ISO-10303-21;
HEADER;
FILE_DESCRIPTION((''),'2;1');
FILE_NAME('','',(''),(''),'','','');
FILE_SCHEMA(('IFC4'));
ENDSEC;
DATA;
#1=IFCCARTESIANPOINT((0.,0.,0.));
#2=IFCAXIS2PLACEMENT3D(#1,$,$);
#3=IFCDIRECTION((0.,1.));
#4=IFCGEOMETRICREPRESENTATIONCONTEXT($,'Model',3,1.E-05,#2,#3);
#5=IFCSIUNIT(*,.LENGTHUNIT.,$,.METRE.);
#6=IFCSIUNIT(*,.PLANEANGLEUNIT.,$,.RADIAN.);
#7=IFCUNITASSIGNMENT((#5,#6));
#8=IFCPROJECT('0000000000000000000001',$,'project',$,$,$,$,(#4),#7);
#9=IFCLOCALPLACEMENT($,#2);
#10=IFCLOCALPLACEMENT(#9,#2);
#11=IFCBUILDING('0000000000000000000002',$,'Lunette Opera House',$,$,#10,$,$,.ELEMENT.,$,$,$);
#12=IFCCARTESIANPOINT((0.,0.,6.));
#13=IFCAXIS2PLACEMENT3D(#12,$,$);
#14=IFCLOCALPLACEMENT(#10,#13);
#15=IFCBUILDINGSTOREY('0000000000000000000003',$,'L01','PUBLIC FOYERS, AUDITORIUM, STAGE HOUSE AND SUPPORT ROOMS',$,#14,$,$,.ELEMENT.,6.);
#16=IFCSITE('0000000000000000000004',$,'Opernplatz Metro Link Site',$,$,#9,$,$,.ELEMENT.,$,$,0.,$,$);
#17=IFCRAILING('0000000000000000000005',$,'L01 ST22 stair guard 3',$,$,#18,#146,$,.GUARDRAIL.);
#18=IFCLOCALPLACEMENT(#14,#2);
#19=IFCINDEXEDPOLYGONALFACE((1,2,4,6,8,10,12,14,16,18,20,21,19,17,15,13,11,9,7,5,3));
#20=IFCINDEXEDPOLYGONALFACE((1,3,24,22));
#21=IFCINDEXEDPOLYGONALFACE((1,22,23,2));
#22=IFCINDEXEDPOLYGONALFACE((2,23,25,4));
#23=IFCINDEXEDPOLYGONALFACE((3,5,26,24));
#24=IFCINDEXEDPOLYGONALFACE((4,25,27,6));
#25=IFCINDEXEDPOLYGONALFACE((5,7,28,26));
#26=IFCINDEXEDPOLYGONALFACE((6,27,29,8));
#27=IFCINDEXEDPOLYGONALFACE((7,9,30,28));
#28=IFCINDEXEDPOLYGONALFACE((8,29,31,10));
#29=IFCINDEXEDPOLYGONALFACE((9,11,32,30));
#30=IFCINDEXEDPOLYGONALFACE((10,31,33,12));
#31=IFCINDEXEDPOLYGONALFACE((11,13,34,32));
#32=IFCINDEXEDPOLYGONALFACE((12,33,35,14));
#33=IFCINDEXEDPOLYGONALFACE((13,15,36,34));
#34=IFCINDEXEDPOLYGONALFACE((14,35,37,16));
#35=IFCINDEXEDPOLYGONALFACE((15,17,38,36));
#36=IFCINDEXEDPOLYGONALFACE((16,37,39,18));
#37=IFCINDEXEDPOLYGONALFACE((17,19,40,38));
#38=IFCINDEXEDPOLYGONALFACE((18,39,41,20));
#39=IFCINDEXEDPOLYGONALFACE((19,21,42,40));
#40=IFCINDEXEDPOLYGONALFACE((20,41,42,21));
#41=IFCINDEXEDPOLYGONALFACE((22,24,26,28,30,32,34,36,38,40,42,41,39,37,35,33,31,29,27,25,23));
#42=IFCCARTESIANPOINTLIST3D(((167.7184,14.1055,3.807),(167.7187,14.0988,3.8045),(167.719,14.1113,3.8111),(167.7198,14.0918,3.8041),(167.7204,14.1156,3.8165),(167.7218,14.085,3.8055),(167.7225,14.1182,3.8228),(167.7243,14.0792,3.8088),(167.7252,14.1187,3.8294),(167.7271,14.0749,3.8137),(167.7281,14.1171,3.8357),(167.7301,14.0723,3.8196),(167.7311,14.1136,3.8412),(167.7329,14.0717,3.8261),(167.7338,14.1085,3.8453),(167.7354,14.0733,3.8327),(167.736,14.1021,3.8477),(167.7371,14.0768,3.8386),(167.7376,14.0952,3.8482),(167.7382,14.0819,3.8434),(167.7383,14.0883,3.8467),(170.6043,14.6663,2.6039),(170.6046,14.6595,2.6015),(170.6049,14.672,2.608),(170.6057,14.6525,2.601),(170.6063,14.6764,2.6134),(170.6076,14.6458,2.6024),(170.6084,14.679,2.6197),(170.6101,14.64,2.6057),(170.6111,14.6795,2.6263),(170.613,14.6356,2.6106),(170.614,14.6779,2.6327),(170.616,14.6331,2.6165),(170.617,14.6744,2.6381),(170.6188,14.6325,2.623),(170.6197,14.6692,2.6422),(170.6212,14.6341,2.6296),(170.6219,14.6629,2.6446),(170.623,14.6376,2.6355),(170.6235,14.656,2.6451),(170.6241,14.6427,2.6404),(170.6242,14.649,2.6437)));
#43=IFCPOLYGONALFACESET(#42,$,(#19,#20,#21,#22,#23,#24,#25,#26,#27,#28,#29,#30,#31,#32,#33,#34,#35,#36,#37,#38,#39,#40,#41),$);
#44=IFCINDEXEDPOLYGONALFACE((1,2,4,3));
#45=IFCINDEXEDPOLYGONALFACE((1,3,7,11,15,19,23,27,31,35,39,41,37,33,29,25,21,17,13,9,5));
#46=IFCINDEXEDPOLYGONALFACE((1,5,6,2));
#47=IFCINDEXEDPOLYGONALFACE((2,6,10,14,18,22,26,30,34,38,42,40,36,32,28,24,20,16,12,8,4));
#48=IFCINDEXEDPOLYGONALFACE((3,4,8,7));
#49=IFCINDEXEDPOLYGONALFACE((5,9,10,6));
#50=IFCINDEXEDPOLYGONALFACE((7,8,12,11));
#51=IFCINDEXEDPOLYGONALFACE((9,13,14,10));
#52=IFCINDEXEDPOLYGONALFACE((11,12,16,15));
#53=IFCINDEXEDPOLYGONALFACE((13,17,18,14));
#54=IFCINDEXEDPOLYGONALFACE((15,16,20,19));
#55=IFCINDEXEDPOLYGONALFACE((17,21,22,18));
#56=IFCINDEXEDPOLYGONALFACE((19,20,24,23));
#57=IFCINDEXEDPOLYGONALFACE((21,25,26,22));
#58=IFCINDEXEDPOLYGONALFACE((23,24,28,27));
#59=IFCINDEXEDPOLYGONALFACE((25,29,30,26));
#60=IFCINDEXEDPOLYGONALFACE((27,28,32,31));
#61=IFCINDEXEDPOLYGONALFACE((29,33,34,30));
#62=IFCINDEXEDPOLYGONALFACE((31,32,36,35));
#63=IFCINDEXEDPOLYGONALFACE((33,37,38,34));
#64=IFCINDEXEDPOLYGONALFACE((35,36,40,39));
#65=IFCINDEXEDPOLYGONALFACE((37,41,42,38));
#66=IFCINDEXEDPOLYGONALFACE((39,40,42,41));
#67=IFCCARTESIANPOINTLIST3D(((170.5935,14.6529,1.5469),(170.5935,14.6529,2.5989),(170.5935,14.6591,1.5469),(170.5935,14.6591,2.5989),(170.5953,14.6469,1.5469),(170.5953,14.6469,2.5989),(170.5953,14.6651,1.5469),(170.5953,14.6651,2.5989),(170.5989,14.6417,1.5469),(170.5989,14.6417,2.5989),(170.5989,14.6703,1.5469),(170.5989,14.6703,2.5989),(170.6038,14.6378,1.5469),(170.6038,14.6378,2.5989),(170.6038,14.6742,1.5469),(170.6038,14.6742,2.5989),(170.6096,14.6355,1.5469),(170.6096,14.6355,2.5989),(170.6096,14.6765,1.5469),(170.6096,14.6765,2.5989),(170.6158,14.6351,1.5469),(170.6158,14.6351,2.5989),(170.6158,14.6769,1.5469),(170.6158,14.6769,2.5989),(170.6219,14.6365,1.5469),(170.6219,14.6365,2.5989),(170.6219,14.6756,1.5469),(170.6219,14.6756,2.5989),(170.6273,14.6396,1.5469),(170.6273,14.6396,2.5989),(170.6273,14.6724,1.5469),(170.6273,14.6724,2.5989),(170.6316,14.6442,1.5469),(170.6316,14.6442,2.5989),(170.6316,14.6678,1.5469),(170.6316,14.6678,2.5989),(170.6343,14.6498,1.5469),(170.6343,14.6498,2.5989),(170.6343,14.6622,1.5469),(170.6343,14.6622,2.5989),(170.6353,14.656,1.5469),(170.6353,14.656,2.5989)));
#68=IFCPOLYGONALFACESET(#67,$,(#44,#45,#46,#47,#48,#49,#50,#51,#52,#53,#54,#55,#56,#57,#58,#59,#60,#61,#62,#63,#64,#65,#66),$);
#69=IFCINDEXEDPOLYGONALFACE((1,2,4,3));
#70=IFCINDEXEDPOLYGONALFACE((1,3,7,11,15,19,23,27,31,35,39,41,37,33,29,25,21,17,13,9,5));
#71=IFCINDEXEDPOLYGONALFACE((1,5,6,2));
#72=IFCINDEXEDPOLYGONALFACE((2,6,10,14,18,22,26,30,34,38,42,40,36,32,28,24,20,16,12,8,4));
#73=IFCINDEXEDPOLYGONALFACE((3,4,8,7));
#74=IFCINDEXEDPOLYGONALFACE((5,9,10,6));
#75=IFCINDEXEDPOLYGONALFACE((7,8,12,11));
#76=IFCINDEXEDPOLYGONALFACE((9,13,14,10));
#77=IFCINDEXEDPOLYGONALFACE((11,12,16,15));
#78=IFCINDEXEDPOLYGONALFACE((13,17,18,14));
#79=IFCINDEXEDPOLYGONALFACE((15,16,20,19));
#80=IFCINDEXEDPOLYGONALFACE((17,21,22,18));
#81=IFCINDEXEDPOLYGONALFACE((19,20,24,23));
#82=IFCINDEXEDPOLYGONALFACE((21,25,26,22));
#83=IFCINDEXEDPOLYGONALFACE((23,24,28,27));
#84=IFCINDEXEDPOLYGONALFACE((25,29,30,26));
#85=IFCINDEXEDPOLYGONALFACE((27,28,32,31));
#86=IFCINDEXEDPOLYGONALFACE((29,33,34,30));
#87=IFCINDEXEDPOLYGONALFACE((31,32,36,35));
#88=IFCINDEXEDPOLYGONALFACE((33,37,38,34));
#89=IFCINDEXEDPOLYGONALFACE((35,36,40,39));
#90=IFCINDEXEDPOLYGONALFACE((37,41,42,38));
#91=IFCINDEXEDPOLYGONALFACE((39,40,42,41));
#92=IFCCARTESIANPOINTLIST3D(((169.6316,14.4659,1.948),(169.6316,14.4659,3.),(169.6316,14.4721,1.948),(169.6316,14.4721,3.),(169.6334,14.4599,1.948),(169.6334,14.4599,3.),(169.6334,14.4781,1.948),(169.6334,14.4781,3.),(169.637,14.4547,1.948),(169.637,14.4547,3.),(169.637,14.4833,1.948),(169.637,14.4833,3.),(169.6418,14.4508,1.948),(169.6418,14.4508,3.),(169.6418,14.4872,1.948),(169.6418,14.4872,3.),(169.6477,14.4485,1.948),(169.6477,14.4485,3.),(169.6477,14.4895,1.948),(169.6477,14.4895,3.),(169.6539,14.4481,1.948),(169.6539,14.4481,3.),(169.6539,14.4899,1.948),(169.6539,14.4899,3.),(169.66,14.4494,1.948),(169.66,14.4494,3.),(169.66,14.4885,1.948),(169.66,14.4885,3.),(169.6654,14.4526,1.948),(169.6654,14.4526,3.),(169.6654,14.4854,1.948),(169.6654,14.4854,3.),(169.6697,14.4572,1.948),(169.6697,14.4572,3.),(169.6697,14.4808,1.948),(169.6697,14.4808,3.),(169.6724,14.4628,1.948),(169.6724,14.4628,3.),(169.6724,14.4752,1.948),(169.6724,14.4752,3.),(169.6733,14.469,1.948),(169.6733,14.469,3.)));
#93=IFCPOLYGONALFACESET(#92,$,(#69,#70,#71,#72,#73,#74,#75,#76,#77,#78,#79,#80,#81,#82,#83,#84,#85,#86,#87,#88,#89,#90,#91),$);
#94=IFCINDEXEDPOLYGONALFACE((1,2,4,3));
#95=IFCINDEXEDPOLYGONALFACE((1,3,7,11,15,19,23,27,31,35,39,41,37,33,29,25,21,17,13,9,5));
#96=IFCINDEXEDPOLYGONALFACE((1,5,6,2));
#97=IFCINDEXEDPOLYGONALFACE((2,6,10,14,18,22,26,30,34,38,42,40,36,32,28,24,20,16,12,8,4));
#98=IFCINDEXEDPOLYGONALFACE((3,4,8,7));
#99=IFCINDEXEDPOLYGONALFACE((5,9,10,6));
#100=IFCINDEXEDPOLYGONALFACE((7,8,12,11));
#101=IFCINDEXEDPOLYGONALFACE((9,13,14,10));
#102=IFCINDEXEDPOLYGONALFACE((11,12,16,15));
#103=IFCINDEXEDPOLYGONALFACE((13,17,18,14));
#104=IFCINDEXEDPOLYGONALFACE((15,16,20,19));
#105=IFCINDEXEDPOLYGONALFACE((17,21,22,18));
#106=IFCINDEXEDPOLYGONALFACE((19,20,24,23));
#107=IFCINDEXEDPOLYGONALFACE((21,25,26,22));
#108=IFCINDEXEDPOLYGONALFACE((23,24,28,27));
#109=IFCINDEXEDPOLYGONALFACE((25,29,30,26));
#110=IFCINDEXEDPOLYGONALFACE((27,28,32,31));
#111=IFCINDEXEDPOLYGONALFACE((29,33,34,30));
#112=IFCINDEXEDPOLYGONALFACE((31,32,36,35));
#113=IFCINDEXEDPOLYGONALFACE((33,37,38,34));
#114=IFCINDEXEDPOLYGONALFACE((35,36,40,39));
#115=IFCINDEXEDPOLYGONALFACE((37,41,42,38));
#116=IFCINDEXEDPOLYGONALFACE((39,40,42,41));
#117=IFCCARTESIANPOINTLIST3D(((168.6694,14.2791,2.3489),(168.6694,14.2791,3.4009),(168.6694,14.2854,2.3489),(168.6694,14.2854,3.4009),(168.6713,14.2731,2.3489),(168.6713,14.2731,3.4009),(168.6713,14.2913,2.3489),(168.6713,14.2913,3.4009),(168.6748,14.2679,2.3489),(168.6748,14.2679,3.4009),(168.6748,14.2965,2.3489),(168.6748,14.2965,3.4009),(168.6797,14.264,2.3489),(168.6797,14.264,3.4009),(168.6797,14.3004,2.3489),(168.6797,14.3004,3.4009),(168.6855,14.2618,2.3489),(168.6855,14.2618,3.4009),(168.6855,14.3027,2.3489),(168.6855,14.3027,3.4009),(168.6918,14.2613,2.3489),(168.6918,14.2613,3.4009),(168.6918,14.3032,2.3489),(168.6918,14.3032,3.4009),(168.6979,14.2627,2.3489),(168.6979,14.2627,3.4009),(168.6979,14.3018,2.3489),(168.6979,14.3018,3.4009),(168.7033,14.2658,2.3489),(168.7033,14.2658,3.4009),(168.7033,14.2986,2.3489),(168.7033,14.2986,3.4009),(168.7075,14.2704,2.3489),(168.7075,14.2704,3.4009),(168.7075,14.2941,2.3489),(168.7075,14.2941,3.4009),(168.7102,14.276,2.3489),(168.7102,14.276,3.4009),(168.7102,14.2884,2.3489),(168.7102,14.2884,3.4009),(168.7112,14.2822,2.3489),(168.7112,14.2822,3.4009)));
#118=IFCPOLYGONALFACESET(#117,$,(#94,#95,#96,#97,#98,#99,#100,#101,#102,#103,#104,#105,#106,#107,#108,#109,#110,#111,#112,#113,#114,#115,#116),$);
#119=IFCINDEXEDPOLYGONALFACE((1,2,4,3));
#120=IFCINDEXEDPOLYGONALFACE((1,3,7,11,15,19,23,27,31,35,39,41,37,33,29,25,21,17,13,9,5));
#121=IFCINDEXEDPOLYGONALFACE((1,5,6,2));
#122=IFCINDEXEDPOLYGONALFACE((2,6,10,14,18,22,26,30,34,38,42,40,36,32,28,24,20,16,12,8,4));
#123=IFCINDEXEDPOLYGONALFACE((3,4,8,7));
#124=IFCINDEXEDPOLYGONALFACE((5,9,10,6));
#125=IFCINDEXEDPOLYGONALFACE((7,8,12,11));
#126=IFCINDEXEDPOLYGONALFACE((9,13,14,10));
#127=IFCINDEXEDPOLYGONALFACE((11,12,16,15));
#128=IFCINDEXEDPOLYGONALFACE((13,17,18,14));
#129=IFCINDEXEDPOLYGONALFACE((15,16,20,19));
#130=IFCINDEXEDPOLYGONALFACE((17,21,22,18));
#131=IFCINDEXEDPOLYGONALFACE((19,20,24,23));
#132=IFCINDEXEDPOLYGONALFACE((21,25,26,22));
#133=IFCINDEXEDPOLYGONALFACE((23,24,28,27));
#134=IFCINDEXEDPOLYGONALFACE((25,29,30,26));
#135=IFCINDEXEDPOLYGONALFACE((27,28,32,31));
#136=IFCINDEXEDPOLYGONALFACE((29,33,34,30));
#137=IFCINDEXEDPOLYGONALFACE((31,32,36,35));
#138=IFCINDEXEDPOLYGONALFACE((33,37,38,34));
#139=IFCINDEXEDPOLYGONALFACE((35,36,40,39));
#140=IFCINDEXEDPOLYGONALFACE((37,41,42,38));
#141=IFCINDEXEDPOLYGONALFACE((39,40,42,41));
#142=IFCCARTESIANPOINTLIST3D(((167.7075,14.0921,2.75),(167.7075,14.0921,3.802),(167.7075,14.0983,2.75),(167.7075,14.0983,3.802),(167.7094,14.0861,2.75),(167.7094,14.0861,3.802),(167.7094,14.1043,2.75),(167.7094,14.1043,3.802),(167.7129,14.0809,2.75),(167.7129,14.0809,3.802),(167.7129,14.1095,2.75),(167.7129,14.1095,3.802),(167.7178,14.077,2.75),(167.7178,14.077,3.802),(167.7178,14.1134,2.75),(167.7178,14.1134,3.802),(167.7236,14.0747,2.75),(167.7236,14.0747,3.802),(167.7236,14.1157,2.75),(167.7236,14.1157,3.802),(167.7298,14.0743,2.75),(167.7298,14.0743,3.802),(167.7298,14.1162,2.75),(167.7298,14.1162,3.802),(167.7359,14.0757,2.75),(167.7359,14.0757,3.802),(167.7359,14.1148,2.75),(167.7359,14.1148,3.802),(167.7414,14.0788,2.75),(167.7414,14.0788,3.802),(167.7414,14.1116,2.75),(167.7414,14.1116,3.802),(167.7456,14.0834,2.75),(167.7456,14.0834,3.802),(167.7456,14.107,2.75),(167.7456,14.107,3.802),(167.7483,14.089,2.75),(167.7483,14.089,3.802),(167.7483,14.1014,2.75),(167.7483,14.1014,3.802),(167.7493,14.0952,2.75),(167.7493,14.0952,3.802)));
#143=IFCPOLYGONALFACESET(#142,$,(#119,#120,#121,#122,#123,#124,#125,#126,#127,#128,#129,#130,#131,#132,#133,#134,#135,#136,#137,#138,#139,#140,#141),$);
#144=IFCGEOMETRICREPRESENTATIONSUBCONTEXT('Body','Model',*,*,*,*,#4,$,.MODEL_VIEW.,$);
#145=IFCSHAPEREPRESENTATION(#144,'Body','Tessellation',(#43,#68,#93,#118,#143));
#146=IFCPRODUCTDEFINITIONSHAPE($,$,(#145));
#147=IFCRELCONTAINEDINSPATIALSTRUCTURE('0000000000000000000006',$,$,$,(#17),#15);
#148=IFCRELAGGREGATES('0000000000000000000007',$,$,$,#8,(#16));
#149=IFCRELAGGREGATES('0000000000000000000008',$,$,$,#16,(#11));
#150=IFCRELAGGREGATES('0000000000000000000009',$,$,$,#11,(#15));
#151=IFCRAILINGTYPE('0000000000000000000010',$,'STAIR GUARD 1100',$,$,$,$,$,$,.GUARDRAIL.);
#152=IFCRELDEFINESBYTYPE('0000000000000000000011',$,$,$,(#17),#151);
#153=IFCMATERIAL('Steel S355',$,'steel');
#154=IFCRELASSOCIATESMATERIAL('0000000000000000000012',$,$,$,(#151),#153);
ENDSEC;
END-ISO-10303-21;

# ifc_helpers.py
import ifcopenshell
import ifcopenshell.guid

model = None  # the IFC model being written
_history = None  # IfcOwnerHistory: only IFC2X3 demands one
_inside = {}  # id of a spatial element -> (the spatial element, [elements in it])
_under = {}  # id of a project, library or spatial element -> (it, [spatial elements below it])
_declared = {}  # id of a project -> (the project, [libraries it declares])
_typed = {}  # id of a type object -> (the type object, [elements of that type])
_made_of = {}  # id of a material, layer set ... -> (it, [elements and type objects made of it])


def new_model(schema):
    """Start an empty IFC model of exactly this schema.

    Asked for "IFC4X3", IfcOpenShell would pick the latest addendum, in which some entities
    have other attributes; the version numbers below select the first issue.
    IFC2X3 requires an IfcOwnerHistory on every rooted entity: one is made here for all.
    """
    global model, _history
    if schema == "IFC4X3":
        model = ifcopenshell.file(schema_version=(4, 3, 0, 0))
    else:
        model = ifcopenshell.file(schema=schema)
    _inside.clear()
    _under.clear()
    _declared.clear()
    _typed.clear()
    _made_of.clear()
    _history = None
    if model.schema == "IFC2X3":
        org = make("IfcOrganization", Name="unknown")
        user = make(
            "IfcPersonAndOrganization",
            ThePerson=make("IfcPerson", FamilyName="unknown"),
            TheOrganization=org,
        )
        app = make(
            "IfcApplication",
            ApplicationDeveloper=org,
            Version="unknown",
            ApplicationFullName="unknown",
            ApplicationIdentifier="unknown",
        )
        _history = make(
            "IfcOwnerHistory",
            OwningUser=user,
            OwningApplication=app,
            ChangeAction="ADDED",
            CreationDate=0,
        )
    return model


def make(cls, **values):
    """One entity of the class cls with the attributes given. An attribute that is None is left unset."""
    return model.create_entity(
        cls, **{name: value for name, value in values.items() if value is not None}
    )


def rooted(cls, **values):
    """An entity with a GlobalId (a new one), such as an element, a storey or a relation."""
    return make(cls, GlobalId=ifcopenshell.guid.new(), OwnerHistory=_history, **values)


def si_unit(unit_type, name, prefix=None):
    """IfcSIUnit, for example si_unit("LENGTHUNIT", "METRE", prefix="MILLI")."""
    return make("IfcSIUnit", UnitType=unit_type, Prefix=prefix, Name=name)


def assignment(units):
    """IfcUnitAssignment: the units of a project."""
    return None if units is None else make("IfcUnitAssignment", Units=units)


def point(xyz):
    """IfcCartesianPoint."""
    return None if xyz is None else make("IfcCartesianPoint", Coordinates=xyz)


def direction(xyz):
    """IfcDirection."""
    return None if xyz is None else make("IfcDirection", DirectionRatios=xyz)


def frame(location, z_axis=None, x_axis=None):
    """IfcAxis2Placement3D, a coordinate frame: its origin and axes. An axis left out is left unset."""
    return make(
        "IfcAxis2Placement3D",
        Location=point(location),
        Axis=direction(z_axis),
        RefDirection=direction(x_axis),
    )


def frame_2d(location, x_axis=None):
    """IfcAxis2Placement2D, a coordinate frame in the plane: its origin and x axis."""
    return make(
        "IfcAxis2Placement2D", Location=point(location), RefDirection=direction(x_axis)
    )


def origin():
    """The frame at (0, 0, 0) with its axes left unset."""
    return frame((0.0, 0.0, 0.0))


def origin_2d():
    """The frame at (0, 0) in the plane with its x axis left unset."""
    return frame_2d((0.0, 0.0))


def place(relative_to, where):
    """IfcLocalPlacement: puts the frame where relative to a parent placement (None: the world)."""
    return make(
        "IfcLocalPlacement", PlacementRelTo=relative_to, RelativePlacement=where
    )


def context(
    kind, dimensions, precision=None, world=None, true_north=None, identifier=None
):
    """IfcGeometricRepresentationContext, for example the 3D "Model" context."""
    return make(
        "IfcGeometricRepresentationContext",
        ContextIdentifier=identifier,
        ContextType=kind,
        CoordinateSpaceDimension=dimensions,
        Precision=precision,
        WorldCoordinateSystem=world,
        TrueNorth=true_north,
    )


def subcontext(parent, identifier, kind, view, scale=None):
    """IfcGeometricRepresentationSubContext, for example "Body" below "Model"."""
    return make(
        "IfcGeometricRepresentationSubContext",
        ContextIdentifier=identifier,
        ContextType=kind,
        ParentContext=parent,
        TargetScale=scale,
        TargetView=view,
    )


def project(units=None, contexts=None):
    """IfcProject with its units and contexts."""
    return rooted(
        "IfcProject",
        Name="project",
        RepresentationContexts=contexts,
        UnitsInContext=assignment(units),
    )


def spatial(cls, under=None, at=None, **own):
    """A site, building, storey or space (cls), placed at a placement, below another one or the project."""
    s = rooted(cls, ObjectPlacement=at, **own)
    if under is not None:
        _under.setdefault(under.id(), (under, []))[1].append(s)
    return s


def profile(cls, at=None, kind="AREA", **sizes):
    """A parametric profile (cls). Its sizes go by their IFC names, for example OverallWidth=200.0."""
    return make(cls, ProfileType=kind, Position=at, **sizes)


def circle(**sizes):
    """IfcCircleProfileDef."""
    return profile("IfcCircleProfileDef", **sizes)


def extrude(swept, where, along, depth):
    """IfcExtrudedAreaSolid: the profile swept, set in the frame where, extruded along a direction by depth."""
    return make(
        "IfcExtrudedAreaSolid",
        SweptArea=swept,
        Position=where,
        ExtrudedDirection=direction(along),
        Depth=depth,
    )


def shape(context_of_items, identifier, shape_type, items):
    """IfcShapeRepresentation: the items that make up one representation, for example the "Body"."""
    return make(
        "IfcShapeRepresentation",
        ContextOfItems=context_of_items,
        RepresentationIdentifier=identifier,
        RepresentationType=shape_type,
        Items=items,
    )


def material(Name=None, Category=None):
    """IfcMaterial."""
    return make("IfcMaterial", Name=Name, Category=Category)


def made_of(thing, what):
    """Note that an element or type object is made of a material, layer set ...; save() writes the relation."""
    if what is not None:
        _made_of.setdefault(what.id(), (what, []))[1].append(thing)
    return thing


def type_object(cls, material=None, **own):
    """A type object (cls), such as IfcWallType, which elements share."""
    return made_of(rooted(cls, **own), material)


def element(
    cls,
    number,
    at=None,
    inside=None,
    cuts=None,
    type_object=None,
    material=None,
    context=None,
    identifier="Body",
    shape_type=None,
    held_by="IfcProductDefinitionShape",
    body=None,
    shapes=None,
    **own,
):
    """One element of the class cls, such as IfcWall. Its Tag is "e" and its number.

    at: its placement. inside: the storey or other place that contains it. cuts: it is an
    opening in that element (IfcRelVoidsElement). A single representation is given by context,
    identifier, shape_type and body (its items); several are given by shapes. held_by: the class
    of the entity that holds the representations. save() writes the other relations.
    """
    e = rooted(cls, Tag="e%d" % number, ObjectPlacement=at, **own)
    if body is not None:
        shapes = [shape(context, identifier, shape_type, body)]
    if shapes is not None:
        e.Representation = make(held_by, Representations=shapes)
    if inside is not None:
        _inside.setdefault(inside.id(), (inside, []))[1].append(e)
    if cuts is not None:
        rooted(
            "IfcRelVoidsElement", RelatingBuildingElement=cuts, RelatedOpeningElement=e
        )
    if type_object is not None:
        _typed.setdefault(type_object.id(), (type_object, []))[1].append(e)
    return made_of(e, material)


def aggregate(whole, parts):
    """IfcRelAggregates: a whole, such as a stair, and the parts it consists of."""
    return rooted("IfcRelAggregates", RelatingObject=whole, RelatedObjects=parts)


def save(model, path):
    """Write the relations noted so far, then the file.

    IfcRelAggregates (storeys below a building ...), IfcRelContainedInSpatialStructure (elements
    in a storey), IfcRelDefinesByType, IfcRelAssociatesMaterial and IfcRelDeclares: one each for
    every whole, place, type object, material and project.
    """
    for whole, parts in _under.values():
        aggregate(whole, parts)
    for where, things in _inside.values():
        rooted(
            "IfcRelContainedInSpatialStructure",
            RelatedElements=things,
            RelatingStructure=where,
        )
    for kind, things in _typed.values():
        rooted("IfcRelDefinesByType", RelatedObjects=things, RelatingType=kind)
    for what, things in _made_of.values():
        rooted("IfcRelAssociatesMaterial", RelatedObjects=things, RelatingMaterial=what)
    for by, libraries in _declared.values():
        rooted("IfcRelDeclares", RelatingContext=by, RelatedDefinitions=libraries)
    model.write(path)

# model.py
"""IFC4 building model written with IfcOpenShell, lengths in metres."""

from ifc_helpers import new_model, si_unit, direction, frame, origin, origin_2d, place, context, subcontext, project, spatial, circle, extrude, material, type_object, element, save


model = new_model("IFC4")

# Units and contexts
model_context = context("Model", 3, precision=1e-05, world=origin(), true_north=direction((0.0, 1.0)))
body_context = subcontext(model_context, "Body", "Model", "MODEL_VIEW")
ifc_project = project(units=[si_unit("LENGTHUNIT", "METRE"), si_unit("PLANEANGLEUNIT", "RADIAN")], contexts=[model_context])

# Site, building, storey
site_placement = place(None, origin())
site = spatial("IfcSite", under=ifc_project, at=site_placement, Name="Opernplatz Metro Link Site", CompositionType="ELEMENT", RefElevation=0.0)
building_placement = place(site_placement, origin())
building = spatial("IfcBuilding", under=site, at=building_placement, Name="Lunette Opera House", CompositionType="ELEMENT")
storey_placement = place(building_placement, frame((0.0, 0.0, 6.0)))
storey = spatial("IfcBuildingStorey", under=building, at=storey_placement, Name="L01", Description="PUBLIC FOYERS, AUDITORIUM, STAGE HOUSE AND SUPPORT ROOMS", CompositionType="ELEMENT", Elevation=6.0)

# Railing
ifc_material_1 = material(Name="Steel S355", Category="steel")
railing_type_1 = type_object("IfcRailingType", Name="STAIR GUARD 1100", PredefinedType="GUARDRAIL", material=ifc_material_1)
railing_1_placement = place(storey_placement, frame((170.6143, 14.656, 1.5469)))
element("IfcRailing", 1, at=railing_1_placement, inside=storey, type_object=railing_type_1, Name="L01 ST22 stair guard 3", PredefinedType="GUARDRAIL", context=body_context, shape_type="SweptSolid", body=[
    extrude(circle(Radius=0.0239, at=origin_2d()), frame((0.0, 0.0, 1.0762), z_axis=(-0.908509, -0.176537, 0.378744), x_axis=(0.190747, -0.981639, 0.0)), (0.0, 0.0, 1.0), 3.1765),
    extrude(circle(Radius=0.021, at=origin_2d()), origin(), (0.0, 0.0, 1.0), 1.052),
    extrude(circle(Radius=0.021, at=origin_2d()), frame((-0.9619, -0.187, 0.4011)), (0.0, 0.0, 1.0), 1.052),
    extrude(circle(Radius=0.021, at=origin_2d()), frame((-1.9241, -0.3738, 0.802)), (0.0, 0.0, 1.0), 1.052),
    extrude(circle(Radius=0.021, at=origin_2d()), frame((-2.886, -0.5608, 1.2031)), (0.0, 0.0, 1.0), 1.052),
])

save(model, "model.ifc")
